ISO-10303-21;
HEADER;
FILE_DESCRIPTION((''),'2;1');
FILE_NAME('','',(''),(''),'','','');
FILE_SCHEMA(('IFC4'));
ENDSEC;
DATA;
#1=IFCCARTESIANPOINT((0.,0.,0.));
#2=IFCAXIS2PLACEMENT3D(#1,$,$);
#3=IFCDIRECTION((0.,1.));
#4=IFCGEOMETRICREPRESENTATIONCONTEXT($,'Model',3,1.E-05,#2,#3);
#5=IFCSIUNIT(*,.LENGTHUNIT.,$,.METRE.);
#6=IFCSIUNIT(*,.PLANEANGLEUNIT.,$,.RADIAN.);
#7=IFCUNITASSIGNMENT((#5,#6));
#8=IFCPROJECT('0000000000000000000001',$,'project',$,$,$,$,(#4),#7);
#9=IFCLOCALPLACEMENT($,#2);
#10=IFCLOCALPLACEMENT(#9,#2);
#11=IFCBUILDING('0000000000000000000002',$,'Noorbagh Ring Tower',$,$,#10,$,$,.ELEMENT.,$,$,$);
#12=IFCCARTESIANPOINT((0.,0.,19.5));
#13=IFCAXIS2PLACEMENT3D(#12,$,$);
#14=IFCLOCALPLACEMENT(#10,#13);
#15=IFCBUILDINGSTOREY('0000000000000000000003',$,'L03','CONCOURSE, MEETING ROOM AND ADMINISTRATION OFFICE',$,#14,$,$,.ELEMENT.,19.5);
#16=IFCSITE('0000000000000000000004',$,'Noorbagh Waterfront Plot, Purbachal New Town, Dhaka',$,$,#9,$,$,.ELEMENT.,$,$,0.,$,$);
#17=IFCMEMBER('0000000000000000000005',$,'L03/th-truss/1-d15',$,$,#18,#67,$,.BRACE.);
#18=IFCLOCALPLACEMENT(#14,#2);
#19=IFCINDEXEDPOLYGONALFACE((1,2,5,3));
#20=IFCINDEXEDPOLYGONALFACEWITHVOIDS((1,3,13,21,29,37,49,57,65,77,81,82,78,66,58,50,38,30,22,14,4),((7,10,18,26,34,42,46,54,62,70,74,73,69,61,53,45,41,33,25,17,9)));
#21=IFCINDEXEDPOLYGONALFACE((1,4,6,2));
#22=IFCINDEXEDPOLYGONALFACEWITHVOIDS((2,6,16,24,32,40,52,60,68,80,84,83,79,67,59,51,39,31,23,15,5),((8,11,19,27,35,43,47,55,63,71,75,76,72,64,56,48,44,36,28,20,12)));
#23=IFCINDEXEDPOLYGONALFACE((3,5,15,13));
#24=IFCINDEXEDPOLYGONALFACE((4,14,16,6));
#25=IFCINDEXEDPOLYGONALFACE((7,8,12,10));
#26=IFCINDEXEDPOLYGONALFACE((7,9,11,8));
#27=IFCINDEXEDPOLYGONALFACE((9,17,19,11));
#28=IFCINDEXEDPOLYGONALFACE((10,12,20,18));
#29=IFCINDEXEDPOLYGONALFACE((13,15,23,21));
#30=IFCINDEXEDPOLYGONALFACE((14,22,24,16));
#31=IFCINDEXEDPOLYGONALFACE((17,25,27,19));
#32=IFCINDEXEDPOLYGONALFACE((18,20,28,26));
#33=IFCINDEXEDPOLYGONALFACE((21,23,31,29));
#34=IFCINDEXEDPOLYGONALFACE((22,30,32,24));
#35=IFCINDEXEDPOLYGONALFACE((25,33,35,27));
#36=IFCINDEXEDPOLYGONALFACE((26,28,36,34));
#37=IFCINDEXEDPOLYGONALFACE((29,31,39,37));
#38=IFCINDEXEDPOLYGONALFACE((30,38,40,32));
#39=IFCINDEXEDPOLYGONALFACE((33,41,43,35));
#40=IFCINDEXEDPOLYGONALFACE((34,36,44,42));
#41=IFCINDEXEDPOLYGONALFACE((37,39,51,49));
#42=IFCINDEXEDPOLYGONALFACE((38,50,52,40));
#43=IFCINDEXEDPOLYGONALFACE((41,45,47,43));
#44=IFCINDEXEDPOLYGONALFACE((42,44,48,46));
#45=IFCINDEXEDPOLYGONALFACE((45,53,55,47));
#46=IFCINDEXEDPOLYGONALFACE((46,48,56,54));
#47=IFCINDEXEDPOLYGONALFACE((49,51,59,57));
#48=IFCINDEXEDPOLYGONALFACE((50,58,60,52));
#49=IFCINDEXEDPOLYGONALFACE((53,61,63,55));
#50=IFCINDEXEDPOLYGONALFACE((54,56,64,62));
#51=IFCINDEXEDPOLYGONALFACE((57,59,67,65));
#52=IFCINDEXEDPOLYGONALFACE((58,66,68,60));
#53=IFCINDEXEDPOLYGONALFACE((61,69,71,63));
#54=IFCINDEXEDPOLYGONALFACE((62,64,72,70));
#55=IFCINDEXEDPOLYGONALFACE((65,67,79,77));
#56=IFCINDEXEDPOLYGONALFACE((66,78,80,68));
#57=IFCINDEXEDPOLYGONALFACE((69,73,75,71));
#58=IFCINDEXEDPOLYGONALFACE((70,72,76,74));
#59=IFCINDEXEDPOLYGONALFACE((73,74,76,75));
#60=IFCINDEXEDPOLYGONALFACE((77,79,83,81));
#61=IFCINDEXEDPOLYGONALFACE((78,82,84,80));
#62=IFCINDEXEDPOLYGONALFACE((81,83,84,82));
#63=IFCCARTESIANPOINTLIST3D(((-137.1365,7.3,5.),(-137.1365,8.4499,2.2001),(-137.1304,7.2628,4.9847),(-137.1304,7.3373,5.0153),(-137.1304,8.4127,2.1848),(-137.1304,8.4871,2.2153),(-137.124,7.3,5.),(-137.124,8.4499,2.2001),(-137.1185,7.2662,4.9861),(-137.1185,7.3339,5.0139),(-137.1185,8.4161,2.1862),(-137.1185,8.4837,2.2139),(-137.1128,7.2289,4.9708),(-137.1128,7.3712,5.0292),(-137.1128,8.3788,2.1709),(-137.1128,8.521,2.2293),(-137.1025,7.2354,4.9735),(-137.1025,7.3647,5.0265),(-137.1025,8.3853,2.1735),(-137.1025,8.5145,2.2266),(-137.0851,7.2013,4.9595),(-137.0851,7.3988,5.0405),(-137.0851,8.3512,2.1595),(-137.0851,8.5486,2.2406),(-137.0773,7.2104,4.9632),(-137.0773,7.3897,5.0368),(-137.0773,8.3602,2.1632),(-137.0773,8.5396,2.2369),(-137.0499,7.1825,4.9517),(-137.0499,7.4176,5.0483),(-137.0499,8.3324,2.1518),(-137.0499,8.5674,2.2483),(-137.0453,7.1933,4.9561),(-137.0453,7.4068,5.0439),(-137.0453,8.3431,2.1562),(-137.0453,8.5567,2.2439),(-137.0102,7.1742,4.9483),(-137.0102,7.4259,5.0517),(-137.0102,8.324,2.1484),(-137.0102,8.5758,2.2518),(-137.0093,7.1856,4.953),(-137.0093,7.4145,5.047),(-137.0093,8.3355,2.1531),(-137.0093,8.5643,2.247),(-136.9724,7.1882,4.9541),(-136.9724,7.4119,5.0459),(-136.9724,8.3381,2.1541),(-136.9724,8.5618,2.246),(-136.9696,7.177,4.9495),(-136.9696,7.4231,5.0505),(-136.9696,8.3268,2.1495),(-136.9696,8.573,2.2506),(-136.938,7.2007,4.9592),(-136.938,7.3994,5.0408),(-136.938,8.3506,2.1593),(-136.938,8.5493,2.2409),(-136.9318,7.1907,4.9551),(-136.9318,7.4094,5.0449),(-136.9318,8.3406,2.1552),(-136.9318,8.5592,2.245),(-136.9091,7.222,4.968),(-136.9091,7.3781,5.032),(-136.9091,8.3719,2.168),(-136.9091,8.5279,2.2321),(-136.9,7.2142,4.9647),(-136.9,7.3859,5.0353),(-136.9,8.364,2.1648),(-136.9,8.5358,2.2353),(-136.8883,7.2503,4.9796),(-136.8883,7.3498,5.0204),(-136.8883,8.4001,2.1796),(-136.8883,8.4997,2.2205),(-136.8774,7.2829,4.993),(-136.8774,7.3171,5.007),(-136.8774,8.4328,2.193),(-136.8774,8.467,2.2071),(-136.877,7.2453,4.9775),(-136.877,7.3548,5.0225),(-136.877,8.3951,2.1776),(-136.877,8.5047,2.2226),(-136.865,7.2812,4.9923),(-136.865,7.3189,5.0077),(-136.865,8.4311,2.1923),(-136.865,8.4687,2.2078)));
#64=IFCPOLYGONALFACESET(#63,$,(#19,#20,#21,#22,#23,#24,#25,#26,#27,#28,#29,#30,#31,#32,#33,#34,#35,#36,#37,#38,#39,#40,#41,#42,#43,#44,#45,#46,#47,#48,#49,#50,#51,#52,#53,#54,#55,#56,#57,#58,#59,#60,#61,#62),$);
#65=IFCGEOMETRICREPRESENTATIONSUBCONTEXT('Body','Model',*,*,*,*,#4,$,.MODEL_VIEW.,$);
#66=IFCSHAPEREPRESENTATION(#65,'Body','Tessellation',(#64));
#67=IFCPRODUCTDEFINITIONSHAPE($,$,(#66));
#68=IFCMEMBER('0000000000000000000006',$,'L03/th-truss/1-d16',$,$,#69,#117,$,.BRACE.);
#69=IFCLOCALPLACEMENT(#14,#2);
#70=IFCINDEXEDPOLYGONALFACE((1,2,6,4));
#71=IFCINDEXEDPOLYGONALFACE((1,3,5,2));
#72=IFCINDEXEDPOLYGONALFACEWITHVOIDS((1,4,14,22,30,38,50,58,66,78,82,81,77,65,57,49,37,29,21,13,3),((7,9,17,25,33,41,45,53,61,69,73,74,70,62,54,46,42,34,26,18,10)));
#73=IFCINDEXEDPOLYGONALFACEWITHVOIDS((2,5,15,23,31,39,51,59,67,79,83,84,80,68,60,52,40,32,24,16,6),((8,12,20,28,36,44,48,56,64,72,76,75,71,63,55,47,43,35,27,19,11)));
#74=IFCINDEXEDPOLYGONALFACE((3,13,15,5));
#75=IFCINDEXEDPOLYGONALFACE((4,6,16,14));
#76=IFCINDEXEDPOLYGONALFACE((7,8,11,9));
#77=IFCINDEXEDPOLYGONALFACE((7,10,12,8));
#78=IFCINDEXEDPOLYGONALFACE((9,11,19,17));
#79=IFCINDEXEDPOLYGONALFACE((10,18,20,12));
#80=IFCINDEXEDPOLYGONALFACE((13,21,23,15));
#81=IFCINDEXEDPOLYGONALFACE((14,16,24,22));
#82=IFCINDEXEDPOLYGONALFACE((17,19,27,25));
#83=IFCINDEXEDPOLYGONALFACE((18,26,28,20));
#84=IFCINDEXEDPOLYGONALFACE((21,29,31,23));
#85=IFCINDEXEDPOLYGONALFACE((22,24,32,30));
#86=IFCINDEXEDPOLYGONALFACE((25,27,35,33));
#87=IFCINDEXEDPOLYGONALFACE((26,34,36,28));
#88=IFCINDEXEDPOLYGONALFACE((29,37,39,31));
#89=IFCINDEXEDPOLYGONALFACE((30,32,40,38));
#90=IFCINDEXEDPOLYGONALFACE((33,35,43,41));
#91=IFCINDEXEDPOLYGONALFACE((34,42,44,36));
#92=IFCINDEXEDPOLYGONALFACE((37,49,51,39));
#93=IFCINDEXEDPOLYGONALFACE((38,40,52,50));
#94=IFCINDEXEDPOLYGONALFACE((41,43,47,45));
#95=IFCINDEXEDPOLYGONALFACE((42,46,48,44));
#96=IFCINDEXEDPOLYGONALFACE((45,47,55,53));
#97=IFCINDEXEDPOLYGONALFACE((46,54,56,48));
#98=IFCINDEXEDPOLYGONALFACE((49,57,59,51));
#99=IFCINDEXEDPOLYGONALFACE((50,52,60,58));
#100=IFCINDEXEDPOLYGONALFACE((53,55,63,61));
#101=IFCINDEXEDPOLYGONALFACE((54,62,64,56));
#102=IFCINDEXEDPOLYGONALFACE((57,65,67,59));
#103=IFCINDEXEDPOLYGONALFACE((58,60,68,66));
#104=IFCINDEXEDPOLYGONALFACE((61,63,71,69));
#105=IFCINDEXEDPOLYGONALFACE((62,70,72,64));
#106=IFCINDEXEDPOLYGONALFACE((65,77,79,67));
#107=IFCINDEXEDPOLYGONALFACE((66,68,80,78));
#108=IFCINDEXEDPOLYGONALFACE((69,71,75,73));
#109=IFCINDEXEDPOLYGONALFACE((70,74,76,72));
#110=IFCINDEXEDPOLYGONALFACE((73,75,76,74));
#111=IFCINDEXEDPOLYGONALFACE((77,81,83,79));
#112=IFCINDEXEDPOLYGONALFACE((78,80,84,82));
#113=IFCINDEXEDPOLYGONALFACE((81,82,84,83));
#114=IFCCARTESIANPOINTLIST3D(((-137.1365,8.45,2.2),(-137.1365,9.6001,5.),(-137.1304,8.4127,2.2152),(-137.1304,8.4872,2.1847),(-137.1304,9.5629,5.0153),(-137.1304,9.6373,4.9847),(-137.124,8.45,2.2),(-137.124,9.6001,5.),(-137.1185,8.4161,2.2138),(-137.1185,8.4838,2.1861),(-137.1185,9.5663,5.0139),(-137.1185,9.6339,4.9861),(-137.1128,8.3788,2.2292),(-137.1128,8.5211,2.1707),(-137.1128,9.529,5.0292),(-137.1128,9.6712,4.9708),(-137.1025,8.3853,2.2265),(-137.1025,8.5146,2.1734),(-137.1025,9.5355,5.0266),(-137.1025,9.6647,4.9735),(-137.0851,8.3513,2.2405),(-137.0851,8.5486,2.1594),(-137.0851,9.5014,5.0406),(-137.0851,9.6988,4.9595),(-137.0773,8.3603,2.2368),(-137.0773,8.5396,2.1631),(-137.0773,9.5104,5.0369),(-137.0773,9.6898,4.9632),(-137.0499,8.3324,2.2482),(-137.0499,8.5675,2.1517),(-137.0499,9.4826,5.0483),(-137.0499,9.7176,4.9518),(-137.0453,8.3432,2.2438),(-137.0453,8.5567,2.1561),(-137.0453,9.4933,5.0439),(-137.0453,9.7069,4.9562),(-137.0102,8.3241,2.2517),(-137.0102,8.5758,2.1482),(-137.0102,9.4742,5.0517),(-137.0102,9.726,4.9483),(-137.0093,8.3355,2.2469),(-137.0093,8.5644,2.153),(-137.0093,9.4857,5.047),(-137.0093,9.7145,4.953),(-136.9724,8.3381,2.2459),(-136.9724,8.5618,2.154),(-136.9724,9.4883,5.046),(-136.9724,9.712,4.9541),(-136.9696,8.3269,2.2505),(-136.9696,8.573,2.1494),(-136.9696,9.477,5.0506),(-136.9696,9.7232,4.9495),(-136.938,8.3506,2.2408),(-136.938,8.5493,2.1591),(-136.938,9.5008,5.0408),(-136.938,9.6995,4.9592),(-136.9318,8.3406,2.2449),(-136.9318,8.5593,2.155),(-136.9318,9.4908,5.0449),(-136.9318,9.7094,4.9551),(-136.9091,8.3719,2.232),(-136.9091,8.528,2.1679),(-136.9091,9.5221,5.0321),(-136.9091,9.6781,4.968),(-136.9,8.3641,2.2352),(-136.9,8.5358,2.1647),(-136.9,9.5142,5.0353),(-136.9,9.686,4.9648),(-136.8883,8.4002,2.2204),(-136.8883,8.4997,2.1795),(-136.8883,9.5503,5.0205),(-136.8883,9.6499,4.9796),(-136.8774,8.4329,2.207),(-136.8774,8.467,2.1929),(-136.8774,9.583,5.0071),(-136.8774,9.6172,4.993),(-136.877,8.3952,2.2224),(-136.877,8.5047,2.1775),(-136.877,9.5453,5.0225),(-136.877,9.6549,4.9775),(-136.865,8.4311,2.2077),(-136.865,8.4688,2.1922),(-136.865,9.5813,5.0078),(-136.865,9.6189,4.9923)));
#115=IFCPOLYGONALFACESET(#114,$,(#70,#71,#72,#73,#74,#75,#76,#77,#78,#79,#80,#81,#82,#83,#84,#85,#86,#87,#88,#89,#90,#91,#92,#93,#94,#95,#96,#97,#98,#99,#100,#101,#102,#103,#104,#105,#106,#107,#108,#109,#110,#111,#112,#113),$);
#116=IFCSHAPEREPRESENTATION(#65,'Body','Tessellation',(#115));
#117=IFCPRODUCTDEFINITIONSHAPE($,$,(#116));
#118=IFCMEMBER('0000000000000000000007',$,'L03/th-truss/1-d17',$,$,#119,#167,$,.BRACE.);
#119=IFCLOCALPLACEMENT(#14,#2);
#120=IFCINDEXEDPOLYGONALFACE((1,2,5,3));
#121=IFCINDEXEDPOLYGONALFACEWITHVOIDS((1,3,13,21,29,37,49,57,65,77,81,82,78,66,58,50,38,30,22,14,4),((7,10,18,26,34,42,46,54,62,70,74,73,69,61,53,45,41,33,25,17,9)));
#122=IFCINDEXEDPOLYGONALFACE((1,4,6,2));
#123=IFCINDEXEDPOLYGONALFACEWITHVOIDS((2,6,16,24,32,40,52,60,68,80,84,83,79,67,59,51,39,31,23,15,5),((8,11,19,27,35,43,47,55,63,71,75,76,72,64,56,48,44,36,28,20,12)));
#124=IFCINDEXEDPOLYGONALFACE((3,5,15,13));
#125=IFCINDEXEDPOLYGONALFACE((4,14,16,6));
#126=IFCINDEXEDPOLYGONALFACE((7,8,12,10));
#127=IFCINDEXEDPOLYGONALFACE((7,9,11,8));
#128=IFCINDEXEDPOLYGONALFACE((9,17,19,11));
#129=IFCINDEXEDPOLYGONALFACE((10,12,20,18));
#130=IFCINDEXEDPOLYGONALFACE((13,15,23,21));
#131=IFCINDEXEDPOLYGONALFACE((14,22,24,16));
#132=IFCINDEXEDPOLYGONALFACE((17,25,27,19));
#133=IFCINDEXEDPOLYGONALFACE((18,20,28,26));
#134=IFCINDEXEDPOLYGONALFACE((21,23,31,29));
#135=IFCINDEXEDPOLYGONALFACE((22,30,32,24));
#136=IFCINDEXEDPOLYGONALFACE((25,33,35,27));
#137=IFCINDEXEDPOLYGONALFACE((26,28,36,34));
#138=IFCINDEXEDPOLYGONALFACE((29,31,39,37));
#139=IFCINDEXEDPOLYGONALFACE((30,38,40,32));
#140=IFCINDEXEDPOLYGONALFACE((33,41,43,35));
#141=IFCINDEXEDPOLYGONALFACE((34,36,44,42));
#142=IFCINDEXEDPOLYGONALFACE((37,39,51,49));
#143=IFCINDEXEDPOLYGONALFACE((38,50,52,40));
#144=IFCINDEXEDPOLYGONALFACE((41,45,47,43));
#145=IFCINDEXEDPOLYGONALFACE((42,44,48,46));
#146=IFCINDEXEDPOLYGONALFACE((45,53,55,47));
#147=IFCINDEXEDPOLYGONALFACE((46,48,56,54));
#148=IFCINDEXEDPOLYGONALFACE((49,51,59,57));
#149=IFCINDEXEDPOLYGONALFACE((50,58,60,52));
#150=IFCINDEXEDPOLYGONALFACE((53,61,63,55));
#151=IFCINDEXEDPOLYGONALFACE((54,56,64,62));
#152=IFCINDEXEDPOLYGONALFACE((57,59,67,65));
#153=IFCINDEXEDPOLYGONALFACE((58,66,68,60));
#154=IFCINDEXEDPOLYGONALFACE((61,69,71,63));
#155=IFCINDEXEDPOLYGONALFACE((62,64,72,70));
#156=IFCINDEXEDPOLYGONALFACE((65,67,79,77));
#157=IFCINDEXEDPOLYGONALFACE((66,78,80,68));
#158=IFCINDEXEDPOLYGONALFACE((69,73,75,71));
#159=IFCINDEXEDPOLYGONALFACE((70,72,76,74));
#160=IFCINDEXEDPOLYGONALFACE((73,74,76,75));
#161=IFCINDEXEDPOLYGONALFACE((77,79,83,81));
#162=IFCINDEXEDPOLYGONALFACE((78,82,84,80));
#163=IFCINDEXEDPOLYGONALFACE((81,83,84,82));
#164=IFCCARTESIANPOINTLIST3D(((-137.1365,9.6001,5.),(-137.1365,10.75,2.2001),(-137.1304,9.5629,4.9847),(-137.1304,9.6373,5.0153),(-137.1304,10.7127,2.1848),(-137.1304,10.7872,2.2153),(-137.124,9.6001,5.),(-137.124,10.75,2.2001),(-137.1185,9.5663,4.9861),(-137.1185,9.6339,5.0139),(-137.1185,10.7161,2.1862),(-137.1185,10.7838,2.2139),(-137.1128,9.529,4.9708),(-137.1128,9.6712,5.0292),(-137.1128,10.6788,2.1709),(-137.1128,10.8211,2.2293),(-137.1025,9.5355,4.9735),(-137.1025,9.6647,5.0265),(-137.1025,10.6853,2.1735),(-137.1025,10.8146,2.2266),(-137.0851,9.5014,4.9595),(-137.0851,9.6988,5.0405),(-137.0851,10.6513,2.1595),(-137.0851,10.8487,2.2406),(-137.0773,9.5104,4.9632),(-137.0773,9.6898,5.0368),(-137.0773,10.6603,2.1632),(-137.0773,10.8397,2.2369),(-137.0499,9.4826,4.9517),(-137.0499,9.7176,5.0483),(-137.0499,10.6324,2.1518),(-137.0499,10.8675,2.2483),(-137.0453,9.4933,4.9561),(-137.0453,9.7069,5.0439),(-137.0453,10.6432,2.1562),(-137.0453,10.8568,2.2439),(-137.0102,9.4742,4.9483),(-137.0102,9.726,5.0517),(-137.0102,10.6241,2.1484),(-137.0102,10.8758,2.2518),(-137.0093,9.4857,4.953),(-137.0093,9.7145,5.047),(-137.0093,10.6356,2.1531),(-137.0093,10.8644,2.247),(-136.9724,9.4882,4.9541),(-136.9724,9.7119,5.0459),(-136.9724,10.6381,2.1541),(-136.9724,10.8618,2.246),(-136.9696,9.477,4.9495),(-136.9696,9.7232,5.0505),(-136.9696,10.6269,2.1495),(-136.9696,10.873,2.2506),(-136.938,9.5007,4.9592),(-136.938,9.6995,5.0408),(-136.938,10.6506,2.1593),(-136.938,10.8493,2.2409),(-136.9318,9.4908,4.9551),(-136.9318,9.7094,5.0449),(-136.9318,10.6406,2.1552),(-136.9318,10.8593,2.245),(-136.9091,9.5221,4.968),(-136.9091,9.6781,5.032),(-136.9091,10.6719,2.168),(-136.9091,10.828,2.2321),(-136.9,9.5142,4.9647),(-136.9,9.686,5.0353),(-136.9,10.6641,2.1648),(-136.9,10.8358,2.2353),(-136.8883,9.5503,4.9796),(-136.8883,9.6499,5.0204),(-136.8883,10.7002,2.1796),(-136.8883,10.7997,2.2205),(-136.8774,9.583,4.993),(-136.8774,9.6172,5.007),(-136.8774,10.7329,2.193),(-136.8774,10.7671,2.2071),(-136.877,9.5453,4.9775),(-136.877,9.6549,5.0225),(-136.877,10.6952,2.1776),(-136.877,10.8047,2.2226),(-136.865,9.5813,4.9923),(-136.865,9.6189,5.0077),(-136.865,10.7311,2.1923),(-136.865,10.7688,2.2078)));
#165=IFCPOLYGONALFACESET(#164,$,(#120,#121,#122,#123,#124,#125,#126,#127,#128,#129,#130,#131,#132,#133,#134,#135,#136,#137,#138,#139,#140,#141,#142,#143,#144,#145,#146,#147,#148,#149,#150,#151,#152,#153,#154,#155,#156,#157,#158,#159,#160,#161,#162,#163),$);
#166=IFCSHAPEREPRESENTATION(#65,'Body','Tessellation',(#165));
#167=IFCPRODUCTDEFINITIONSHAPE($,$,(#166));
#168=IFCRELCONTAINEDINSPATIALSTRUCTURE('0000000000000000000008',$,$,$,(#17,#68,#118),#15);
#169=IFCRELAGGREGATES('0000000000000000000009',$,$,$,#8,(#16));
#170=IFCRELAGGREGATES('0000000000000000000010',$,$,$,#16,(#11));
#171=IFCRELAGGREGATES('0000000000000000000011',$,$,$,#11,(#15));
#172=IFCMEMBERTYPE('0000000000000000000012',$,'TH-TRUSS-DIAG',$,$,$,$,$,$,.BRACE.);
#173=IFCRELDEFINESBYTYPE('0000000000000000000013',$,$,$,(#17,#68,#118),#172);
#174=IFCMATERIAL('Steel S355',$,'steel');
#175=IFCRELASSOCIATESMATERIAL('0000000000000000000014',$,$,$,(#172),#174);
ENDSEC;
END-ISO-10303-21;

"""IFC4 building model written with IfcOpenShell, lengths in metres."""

from ifc_helpers import new_model, si_unit, direction, frame, origin, origin_2d, place, context, subcontext, project, spatial, hollow_circle, extrude, material, material_profile, profile_set, type_object, element, save


model = new_model("IFC4")

# Units and contexts
model_context = context("Model", 3, precision=1e-05, world=origin(), true_north=direction((0.0, 1.0)))
body_context = subcontext(model_context, "Body", "Model", "MODEL_VIEW")
ifc_project = project(units=[si_unit("LENGTHUNIT", "METRE"), si_unit("PLANEANGLEUNIT", "RADIAN")], contexts=[model_context])

# Site, building, storey
site_placement = place(None, origin())
site = spatial("IfcSite", under=ifc_project, at=site_placement, Name="Noorbagh Waterfront Plot, Purbachal New Town, Dhaka", CompositionType="ELEMENT", RefElevation=0.0)
building_placement = place(site_placement, origin())
building = spatial("IfcBuilding", under=site, at=building_placement, Name="Noorbagh Ring Tower", CompositionType="ELEMENT")
storey_placement = place(building_placement, frame((0.0, 0.0, 19.5)))
storey = spatial("IfcBuildingStorey", under=building, at=storey_placement, Name="L03", Description="CONCOURSE, MEETING ROOM AND ADMINISTRATION OFFICE", CompositionType="ELEMENT", Elevation=19.5)

# Members
ifc_material_1 = material(Name="Steel S355", Category="steel")
ifc_material_profile = material_profile(ifc_material_1, hollow_circle(Radius=0.1365, WallThickness=0.0125, at=origin_2d()), Name="CHS273x12.5")
ifc_profile_set = profile_set([ifc_material_profile], Name="Steel S355")
member_type = type_object("IfcMemberType", Name="TH-TRUSS-DIAG", PredefinedType="BRACE", material=ifc_profile_set)
member_1_placement = place(storey_placement, frame((-137.0, 7.3, 5.0), z_axis=(0.0, 0.379886, -0.925033), x_axis=(-1.0, 0.0, 0.0)))
element("IfcMember", 1, at=member_1_placement, inside=storey, type_object=member_type, Name="L03/th-truss/1-d15", PredefinedType="BRACE", context=body_context, shape_type="SweptSolid", body=[
    extrude(hollow_circle(Radius=0.1365, WallThickness=0.0125, at=origin_2d()), origin(), (0.0, 0.0, 1.0), 3.0269),
])
member_2_placement = place(storey_placement, frame((-137.0, 8.45, 2.2), z_axis=(0.0, 0.379955, 0.925005), x_axis=(-1.0, 0.0, 0.0)))
element("IfcMember", 2, at=member_2_placement, inside=storey, type_object=member_type, Name="L03/th-truss/1-d16", PredefinedType="BRACE", context=body_context, shape_type="SweptSolid", body=[
    extrude(hollow_circle(Radius=0.1365, WallThickness=0.0125, at=origin_2d()), origin(), (0.0, 0.0, 1.0), 3.0271),
])
for number, where, z_axis, x_axis, name in (
    (3, (-137.0, 9.6001, 5.0), (0.0, 0.379886, -0.925033), (-1.0, 0.0, 0.0), "L03/th-truss/1-d17"),
):
    element("IfcMember", number, at=place(storey_placement, frame(where, z_axis=z_axis, x_axis=x_axis)), inside=storey, type_object=member_type, Name=name, PredefinedType="BRACE", context=body_context, shape_type="SweptSolid", body=[
        extrude(hollow_circle(Radius=0.1365, WallThickness=0.0125, at=origin_2d()), origin(), (0.0, 0.0, 1.0), 3.0269),
    ])

save(model, "model.ifc")
